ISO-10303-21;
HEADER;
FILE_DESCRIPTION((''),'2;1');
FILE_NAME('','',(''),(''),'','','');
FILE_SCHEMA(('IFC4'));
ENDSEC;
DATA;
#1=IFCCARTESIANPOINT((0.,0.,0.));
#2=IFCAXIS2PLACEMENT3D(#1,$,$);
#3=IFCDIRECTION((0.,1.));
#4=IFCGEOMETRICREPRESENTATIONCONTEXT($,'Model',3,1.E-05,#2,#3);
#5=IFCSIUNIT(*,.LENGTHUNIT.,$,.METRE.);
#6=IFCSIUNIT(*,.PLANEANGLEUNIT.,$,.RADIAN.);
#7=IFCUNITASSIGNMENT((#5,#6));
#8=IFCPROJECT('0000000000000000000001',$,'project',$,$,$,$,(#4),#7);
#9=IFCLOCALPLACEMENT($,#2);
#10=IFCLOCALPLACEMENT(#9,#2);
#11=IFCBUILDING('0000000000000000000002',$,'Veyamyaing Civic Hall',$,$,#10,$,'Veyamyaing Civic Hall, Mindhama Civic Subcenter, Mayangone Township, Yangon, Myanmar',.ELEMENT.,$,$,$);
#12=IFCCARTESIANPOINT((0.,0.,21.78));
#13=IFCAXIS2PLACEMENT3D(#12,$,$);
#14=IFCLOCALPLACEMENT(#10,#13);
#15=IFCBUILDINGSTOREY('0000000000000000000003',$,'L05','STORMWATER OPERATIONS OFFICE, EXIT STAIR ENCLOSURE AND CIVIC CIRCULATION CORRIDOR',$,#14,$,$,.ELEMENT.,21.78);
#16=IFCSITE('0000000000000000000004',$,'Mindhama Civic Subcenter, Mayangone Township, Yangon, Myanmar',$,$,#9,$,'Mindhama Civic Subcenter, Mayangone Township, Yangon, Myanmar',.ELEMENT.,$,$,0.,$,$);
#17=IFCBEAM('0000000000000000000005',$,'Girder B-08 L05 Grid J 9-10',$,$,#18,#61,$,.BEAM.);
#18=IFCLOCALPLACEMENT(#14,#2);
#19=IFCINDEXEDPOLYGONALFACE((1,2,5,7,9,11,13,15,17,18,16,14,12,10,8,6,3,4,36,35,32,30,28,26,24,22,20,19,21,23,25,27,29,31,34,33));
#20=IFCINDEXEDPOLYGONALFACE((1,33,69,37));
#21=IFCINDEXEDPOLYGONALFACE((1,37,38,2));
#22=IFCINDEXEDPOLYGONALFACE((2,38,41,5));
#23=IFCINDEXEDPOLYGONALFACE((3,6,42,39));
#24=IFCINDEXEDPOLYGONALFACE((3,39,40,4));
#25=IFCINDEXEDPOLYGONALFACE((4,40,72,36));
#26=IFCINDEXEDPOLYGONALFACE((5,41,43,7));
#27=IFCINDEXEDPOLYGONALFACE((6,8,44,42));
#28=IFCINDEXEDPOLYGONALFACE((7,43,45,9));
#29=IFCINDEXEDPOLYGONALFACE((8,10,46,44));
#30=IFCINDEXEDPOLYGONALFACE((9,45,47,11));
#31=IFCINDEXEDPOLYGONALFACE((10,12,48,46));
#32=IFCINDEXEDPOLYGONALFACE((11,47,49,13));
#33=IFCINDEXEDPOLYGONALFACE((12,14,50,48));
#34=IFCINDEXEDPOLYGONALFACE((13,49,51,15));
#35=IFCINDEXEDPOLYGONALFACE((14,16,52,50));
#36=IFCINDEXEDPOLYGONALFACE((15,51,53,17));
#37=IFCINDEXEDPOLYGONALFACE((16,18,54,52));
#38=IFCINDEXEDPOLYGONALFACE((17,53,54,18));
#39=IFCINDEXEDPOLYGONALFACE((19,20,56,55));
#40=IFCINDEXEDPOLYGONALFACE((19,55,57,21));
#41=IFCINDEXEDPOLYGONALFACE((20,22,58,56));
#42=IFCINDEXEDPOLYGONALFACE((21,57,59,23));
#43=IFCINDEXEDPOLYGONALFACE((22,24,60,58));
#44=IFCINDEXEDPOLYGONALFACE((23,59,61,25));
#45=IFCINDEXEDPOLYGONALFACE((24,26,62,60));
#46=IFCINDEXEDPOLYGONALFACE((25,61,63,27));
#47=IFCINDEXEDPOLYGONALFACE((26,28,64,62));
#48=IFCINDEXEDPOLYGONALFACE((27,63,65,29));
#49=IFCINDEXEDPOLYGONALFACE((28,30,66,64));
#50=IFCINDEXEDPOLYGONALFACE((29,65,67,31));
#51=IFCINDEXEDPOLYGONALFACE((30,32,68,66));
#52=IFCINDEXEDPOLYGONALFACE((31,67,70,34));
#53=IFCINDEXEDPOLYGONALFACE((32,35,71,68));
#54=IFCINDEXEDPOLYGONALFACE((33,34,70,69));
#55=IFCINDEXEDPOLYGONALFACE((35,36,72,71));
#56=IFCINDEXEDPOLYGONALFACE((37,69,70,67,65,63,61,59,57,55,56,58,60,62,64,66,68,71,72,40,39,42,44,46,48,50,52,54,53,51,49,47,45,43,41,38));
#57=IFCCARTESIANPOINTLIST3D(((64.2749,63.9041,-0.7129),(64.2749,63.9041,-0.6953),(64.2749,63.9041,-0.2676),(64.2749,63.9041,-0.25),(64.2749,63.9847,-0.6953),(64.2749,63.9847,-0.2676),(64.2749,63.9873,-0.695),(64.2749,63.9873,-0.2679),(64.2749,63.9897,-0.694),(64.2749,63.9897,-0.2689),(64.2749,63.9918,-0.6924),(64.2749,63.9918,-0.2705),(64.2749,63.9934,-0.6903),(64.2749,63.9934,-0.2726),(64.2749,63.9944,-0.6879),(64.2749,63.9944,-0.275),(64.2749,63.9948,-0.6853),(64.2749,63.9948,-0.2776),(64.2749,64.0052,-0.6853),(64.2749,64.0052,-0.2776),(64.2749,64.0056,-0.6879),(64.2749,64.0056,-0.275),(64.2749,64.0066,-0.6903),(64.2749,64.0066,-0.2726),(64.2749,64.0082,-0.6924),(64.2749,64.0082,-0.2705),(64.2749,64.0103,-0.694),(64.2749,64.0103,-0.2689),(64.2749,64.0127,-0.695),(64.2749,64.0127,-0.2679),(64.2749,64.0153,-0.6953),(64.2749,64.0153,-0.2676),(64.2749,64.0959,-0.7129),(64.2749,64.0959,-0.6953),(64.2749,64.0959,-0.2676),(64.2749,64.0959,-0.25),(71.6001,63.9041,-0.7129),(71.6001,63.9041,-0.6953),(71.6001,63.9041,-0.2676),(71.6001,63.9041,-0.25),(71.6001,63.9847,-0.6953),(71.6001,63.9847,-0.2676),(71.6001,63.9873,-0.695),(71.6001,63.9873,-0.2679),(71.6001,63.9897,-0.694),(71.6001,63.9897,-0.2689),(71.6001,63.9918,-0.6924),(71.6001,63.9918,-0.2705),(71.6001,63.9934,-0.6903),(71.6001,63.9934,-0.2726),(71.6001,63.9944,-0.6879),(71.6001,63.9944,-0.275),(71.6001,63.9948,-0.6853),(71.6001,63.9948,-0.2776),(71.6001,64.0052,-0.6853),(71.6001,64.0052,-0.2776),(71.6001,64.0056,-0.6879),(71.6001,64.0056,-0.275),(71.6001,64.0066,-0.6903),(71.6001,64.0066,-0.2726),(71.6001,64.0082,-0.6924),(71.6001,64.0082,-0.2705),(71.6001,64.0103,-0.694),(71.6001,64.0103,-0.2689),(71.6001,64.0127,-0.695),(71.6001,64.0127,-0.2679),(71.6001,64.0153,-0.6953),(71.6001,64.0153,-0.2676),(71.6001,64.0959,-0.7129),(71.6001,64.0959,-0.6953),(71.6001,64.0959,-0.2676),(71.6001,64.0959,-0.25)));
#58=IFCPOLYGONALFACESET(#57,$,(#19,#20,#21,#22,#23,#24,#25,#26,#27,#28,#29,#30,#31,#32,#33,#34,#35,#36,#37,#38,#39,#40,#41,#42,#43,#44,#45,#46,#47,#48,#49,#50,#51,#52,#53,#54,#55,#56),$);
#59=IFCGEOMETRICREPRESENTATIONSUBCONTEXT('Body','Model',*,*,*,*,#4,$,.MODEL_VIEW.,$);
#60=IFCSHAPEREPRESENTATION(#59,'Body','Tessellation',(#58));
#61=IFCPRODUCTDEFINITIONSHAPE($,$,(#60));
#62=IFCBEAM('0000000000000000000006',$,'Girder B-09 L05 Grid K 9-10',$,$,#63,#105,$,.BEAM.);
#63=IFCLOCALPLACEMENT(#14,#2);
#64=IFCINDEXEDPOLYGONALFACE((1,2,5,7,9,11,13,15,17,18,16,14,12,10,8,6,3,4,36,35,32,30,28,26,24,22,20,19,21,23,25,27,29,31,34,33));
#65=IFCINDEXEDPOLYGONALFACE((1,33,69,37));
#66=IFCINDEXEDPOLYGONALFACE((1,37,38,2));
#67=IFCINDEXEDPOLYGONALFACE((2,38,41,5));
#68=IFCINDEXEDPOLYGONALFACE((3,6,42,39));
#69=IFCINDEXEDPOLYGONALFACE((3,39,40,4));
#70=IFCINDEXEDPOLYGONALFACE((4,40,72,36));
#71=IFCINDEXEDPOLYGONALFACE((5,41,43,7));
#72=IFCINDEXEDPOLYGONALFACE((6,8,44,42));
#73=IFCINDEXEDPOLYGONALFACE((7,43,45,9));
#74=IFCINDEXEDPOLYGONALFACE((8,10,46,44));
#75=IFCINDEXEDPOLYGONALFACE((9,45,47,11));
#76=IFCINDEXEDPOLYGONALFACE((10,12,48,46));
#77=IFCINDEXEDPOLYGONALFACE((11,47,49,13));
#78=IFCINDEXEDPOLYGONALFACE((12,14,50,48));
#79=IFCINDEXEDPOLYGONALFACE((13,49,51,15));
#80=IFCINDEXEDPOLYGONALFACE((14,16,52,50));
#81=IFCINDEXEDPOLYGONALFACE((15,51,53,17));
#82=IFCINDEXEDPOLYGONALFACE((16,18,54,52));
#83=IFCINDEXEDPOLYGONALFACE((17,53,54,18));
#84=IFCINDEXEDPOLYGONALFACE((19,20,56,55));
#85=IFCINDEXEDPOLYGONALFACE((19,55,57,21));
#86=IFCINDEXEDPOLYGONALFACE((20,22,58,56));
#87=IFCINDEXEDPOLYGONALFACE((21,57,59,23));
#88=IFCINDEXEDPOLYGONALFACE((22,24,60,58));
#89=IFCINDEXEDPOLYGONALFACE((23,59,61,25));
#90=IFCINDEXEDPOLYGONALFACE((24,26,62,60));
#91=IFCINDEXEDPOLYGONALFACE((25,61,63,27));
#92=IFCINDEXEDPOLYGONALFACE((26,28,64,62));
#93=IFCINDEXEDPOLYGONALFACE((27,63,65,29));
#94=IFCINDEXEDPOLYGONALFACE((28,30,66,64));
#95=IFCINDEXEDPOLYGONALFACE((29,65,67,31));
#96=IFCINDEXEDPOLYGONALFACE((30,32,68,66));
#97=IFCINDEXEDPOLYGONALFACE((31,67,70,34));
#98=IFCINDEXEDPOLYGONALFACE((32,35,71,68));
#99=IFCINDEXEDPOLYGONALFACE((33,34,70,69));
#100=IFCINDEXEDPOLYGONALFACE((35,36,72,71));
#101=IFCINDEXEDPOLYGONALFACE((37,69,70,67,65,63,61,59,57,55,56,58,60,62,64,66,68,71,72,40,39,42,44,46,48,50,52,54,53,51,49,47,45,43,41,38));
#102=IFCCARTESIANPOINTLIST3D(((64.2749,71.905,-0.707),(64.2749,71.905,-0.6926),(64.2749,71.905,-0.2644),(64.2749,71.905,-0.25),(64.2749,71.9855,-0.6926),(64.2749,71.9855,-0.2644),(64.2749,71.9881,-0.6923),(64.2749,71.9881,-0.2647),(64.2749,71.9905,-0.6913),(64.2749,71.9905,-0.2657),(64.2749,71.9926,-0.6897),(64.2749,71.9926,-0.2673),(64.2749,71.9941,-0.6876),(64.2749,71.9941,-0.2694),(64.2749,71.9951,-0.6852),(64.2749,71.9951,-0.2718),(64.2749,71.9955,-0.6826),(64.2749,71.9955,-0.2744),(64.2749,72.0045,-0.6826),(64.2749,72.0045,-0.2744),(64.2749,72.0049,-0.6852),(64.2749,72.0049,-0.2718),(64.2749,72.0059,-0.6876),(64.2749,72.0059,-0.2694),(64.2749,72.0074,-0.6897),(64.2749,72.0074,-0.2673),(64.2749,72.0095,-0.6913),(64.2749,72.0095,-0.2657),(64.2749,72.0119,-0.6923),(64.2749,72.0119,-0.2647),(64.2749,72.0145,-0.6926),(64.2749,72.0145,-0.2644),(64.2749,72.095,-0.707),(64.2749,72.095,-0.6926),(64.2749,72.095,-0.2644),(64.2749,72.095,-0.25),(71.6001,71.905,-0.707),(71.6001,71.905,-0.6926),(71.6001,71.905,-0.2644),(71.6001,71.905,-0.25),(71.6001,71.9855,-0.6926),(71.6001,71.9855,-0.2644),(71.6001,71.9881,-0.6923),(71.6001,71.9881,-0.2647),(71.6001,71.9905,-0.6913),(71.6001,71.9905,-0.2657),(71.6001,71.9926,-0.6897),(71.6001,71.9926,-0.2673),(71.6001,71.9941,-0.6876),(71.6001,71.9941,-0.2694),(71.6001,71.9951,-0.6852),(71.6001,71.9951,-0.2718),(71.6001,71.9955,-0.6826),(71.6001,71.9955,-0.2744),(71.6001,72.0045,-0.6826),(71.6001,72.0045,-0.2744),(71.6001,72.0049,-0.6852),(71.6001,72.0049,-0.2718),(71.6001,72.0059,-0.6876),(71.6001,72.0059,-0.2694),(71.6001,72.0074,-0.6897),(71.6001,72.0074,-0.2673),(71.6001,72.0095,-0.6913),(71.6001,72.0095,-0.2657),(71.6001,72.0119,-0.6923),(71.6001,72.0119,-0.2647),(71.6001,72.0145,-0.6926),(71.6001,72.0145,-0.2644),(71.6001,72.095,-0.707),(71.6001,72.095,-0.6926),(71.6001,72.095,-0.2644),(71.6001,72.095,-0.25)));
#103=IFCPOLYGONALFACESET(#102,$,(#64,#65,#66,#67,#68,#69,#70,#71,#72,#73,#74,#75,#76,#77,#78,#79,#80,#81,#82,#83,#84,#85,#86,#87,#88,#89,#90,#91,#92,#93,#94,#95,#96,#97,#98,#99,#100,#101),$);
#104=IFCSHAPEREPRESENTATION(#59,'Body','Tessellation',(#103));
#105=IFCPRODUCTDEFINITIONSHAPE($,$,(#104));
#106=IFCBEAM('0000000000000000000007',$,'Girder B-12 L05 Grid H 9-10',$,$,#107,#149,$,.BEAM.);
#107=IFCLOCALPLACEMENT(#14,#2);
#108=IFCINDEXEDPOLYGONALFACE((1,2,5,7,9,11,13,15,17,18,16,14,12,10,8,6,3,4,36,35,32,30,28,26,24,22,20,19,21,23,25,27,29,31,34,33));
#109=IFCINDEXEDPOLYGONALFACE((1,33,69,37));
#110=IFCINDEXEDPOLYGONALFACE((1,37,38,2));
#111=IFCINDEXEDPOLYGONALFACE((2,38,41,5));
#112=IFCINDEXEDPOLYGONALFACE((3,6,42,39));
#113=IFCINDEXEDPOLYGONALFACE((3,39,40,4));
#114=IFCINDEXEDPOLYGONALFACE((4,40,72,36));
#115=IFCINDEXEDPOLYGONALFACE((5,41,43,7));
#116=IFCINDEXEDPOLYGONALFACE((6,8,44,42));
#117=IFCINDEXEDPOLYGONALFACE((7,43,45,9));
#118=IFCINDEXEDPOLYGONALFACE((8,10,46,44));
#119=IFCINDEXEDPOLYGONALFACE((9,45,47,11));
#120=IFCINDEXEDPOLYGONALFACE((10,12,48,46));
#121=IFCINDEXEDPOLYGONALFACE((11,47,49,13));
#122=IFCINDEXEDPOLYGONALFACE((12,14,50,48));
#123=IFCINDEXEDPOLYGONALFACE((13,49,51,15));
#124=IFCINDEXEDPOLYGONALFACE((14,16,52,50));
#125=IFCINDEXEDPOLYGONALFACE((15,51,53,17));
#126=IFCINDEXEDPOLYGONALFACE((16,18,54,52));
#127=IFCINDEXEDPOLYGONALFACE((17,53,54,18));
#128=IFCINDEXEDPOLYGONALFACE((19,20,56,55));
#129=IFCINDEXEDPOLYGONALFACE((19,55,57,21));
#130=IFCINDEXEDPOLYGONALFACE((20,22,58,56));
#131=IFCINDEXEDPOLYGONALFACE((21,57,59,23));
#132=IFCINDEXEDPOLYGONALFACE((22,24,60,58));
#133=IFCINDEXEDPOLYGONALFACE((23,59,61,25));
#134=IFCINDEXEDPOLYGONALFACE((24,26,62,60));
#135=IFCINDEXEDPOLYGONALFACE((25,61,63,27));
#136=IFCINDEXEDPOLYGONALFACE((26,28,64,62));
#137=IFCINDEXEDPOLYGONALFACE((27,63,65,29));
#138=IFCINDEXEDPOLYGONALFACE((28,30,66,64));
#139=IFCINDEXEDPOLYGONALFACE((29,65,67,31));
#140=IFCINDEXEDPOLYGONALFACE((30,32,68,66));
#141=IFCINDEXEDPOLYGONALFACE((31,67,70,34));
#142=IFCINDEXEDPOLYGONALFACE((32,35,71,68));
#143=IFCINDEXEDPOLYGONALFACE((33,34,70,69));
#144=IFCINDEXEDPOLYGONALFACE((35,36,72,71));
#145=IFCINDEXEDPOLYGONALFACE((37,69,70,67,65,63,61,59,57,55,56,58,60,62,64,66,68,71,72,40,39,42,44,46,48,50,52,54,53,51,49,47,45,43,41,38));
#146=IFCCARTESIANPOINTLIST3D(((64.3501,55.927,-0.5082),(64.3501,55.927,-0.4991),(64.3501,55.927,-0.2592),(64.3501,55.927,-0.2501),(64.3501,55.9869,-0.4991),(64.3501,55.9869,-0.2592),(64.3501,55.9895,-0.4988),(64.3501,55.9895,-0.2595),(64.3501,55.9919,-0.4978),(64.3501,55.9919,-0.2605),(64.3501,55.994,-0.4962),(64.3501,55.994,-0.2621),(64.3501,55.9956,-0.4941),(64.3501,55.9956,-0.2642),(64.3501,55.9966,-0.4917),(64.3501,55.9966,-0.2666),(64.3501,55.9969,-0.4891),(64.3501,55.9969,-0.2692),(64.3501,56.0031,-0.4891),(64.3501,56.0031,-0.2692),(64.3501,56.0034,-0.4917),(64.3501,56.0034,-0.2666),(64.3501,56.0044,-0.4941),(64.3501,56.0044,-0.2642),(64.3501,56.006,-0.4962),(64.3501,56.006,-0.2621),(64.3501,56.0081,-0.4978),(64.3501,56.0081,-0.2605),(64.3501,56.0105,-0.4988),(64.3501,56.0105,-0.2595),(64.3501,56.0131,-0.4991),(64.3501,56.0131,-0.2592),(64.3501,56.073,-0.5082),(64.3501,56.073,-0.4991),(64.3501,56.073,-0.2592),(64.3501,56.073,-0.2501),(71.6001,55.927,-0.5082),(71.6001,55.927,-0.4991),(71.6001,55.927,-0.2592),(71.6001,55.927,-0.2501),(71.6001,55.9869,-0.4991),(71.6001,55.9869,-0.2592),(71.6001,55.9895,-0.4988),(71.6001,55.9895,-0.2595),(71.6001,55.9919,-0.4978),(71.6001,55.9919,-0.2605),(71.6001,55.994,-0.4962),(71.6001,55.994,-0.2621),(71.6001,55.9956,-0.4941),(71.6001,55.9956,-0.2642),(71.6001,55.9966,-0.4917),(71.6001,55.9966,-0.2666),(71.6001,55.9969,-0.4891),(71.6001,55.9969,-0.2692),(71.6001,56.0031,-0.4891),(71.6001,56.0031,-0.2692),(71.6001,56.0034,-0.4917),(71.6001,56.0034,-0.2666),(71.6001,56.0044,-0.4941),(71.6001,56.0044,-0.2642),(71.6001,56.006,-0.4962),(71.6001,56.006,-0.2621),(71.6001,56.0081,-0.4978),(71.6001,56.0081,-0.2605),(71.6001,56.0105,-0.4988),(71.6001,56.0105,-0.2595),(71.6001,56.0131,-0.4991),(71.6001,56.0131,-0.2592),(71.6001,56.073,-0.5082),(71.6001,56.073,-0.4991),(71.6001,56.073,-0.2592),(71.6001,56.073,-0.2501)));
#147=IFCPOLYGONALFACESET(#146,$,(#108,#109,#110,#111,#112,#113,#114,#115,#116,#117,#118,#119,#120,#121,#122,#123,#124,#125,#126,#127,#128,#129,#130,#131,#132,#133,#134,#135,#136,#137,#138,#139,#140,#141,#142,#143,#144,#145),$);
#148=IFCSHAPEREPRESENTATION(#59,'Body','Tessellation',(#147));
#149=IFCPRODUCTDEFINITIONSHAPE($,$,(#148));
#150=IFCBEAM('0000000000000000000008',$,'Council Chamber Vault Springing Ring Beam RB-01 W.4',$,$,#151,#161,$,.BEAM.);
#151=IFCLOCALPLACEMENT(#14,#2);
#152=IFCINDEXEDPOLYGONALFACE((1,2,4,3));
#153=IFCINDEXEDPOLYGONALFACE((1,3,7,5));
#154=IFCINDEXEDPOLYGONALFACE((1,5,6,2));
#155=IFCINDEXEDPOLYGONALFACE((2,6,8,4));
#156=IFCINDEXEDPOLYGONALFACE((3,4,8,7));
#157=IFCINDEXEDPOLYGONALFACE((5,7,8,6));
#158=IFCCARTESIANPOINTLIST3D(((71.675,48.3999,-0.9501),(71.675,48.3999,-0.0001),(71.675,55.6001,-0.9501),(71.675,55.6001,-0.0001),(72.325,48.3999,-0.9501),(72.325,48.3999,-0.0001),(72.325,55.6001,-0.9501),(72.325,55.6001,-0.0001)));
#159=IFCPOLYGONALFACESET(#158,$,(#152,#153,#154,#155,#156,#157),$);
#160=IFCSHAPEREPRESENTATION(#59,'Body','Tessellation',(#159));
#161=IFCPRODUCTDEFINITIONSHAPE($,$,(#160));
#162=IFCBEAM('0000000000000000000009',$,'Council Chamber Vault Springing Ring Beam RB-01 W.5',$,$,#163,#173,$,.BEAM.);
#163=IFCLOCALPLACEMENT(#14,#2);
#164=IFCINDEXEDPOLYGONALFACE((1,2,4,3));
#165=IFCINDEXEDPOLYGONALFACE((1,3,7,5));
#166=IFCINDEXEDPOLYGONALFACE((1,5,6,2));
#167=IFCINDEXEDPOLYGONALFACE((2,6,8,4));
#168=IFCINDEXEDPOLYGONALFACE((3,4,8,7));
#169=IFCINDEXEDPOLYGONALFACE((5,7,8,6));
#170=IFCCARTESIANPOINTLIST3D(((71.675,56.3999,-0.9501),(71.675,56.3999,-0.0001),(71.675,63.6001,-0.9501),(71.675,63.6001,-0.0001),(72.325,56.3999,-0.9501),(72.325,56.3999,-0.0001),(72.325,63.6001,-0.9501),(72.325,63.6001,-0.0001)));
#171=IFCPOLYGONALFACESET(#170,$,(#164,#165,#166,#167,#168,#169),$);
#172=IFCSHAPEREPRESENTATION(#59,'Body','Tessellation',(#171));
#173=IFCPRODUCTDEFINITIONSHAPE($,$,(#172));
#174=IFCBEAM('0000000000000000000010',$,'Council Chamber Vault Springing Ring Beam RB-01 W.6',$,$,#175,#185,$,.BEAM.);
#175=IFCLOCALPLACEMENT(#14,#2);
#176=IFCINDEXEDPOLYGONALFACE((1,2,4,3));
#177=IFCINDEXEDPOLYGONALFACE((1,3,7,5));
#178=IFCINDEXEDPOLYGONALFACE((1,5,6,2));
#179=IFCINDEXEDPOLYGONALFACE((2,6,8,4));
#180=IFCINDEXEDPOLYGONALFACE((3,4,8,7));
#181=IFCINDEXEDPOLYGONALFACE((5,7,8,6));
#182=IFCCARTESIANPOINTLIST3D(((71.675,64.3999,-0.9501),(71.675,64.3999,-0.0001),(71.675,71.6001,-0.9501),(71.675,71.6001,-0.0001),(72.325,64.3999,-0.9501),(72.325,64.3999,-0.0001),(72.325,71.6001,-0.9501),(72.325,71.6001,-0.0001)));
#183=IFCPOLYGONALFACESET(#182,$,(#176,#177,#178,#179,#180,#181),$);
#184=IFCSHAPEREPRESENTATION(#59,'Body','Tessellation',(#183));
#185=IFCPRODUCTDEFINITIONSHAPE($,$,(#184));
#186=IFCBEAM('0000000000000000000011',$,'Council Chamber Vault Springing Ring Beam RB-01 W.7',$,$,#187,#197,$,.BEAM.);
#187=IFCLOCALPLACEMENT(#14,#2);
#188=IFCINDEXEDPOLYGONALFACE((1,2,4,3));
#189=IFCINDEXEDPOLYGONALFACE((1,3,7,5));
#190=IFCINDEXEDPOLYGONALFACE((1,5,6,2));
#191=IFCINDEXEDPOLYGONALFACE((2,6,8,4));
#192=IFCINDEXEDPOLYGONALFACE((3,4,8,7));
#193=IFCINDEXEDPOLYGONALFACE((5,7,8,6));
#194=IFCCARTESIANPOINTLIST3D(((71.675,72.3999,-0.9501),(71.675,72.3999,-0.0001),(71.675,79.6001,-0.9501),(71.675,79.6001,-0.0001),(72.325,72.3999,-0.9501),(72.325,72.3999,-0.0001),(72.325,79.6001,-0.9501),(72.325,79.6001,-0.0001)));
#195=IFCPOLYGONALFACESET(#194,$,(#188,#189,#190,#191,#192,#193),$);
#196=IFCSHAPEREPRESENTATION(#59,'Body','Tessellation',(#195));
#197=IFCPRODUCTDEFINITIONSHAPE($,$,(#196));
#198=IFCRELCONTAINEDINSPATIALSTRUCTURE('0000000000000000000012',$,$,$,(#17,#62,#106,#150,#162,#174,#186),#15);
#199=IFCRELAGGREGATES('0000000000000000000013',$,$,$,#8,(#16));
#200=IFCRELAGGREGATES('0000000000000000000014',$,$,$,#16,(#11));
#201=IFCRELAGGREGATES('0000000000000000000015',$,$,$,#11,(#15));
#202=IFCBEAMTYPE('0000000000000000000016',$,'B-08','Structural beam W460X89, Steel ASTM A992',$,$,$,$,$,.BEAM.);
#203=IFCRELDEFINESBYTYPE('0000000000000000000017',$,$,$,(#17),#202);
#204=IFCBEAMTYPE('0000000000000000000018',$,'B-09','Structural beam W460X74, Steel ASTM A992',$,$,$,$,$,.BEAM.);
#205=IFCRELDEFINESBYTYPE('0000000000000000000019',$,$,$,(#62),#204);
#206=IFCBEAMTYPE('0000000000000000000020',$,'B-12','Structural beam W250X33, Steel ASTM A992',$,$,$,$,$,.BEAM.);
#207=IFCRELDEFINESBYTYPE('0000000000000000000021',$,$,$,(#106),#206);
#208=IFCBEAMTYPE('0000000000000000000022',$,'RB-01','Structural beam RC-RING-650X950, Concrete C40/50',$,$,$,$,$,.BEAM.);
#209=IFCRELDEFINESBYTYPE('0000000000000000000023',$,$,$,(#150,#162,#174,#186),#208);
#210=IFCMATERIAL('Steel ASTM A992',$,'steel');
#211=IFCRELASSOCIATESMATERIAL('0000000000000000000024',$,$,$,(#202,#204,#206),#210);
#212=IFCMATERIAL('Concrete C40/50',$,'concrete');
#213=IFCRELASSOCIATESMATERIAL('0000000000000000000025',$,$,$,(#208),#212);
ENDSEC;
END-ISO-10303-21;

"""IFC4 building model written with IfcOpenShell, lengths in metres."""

from ifc_helpers import new_model, si_unit, direction, frame, origin, origin_2d, place, context, subcontext, project, spatial, rectangle, i_section, extrude, material, material_profile, profile_set, type_object, element, save


model = new_model("IFC4")

# Units and contexts
model_context = context("Model", 3, precision=1e-05, world=origin(), true_north=direction((0.0, 1.0)))
body_context = subcontext(model_context, "Body", "Model", "MODEL_VIEW")
ifc_project = project(units=[si_unit("LENGTHUNIT", "METRE"), si_unit("PLANEANGLEUNIT", "RADIAN")], contexts=[model_context])

# Site, building, storey
site_placement = place(None, origin())
site = spatial("IfcSite", under=ifc_project, at=site_placement, Name="Mindhama Civic Subcenter, Mayangone Township, Yangon, Myanmar", LongName="Mindhama Civic Subcenter, Mayangone Township, Yangon, Myanmar", CompositionType="ELEMENT", RefElevation=0.0)
building_placement = place(site_placement, origin())
building = spatial("IfcBuilding", under=site, at=building_placement, Name="Veyamyaing Civic Hall", LongName="Veyamyaing Civic Hall, Mindhama Civic Subcenter, Mayangone Township, Yangon, Myanmar", CompositionType="ELEMENT")
storey_placement = place(building_placement, frame((0.0, 0.0, 21.78)))
storey = spatial("IfcBuildingStorey", under=building, at=storey_placement, Name="L05", Description="STORMWATER OPERATIONS OFFICE, EXIT STAIR ENCLOSURE AND CIVIC CIRCULATION CORRIDOR", CompositionType="ELEMENT", Elevation=21.78)

# Beams
ifc_material_1 = material(Name="Steel ASTM A992", Category="steel")
ifc_material_profile_1 = material_profile(ifc_material_1, i_section(OverallWidth=0.1919, OverallDepth=0.4629, WebThickness=0.0105, FlangeThickness=0.0176, FilletRadius=0.01, at=origin_2d()), Name="W460X89")
ifc_profile_set_1 = profile_set([ifc_material_profile_1], Name="Steel ASTM A992")
beam_type_1 = type_object("IfcBeamType", Name="B-08", Description="Structural beam W460X89, Steel ASTM A992", PredefinedType="BEAM", material=ifc_profile_set_1)
beam_1_placement = place(storey_placement, frame((64.2749, 64.0, -0.4814), z_axis=(1.0, 0.0, 0.0), x_axis=(0.0, 1.0, 0.0)))
element("IfcBeam", 1, at=beam_1_placement, inside=storey, type_object=beam_type_1, Name="Girder B-08 L05 Grid J 9-10", PredefinedType="BEAM", context=body_context, shape_type="SweptSolid", body=[
    extrude(i_section(OverallWidth=0.1919, OverallDepth=0.4629, WebThickness=0.0105, FlangeThickness=0.0176, FilletRadius=0.01, at=origin_2d()), origin(), (0.0, 0.0, 1.0), 7.3252),
])
ifc_material_profile_2 = material_profile(ifc_material_1, i_section(OverallWidth=0.1899, OverallDepth=0.457, WebThickness=0.009, FlangeThickness=0.0144, FilletRadius=0.01, at=origin_2d()), Name="W460X74")
ifc_profile_set_2 = profile_set([ifc_material_profile_2], Name="Steel ASTM A992")
beam_type_2 = type_object("IfcBeamType", Name="B-09", Description="Structural beam W460X74, Steel ASTM A992", PredefinedType="BEAM", material=ifc_profile_set_2)
beam_2_placement = place(storey_placement, frame((64.2749, 72.0, -0.4785), z_axis=(1.0, 0.0, 0.0), x_axis=(0.0, 1.0, 0.0)))
element("IfcBeam", 2, at=beam_2_placement, inside=storey, type_object=beam_type_2, Name="Girder B-09 L05 Grid K 9-10", PredefinedType="BEAM", context=body_context, shape_type="SweptSolid", body=[
    extrude(i_section(OverallWidth=0.1899, OverallDepth=0.457, WebThickness=0.009, FlangeThickness=0.0144, FilletRadius=0.01, at=origin_2d()), origin(), (0.0, 0.0, 1.0), 7.3252),
])
ifc_material_profile_3 = material_profile(ifc_material_1, i_section(OverallWidth=0.146, OverallDepth=0.2581, WebThickness=0.0061, FlangeThickness=0.009, FilletRadius=0.01, at=origin_2d()), Name="W250X33")
ifc_profile_set_3 = profile_set([ifc_material_profile_3], Name="Steel ASTM A992")
beam_type_3 = type_object("IfcBeamType", Name="B-12", Description="Structural beam W250X33, Steel ASTM A992", PredefinedType="BEAM", material=ifc_profile_set_3)
beam_3_placement = place(storey_placement, frame((64.3501, 56.0, -0.3792), z_axis=(1.0, 0.0, 0.0), x_axis=(0.0, 1.0, 0.0)))
element("IfcBeam", 3, at=beam_3_placement, inside=storey, type_object=beam_type_3, Name="Girder B-12 L05 Grid H 9-10", PredefinedType="BEAM", context=body_context, shape_type="SweptSolid", body=[
    extrude(i_section(OverallWidth=0.146, OverallDepth=0.2581, WebThickness=0.0061, FlangeThickness=0.009, FilletRadius=0.01, at=origin_2d()), origin(), (0.0, 0.0, 1.0), 7.25),
])
ifc_material_2 = material(Name="Concrete C40/50", Category="concrete")
ifc_material_profile_4 = material_profile(ifc_material_2, rectangle(XDim=0.6499, YDim=0.95, at=origin_2d()), Name="RC-RING-650X950")
ifc_profile_set_4 = profile_set([ifc_material_profile_4], Name="Concrete C40/50")
beam_type_4 = type_object("IfcBeamType", Name="RB-01", Description="Structural beam RC-RING-650X950, Concrete C40/50", PredefinedType="BEAM", material=ifc_profile_set_4)
for number, where, z_axis, x_axis, name in (
    (4, (72.0, 48.3999, -0.4751), (0.0, 1.0, 0.0), (-1.0, 0.0, 0.0), "Council Chamber Vault Springing Ring Beam RB-01 W.4"),
    (5, (72.0, 56.3999, -0.4751), (0.0, 1.0, 0.0), (-1.0, 0.0, 0.0), "Council Chamber Vault Springing Ring Beam RB-01 W.5"),
    (6, (72.0, 64.3999, -0.4751), (0.0, 1.0, 0.0), (-1.0, 0.0, 0.0), "Council Chamber Vault Springing Ring Beam RB-01 W.6"),
    (7, (72.0, 72.3999, -0.4751), (0.0, 1.0, 0.0), (-1.0, 0.0, 0.0), "Council Chamber Vault Springing Ring Beam RB-01 W.7"),
):
    element("IfcBeam", number, at=place(storey_placement, frame(where, z_axis=z_axis, x_axis=x_axis)), inside=storey, type_object=beam_type_4, Name=name, PredefinedType="BEAM", context=body_context, shape_type="SweptSolid", body=[
        extrude(rectangle(XDim=0.6499, YDim=0.95, at=origin_2d()), origin(), (0.0, 0.0, 1.0), 7.2002),
    ])

save(model, "model.ifc")
